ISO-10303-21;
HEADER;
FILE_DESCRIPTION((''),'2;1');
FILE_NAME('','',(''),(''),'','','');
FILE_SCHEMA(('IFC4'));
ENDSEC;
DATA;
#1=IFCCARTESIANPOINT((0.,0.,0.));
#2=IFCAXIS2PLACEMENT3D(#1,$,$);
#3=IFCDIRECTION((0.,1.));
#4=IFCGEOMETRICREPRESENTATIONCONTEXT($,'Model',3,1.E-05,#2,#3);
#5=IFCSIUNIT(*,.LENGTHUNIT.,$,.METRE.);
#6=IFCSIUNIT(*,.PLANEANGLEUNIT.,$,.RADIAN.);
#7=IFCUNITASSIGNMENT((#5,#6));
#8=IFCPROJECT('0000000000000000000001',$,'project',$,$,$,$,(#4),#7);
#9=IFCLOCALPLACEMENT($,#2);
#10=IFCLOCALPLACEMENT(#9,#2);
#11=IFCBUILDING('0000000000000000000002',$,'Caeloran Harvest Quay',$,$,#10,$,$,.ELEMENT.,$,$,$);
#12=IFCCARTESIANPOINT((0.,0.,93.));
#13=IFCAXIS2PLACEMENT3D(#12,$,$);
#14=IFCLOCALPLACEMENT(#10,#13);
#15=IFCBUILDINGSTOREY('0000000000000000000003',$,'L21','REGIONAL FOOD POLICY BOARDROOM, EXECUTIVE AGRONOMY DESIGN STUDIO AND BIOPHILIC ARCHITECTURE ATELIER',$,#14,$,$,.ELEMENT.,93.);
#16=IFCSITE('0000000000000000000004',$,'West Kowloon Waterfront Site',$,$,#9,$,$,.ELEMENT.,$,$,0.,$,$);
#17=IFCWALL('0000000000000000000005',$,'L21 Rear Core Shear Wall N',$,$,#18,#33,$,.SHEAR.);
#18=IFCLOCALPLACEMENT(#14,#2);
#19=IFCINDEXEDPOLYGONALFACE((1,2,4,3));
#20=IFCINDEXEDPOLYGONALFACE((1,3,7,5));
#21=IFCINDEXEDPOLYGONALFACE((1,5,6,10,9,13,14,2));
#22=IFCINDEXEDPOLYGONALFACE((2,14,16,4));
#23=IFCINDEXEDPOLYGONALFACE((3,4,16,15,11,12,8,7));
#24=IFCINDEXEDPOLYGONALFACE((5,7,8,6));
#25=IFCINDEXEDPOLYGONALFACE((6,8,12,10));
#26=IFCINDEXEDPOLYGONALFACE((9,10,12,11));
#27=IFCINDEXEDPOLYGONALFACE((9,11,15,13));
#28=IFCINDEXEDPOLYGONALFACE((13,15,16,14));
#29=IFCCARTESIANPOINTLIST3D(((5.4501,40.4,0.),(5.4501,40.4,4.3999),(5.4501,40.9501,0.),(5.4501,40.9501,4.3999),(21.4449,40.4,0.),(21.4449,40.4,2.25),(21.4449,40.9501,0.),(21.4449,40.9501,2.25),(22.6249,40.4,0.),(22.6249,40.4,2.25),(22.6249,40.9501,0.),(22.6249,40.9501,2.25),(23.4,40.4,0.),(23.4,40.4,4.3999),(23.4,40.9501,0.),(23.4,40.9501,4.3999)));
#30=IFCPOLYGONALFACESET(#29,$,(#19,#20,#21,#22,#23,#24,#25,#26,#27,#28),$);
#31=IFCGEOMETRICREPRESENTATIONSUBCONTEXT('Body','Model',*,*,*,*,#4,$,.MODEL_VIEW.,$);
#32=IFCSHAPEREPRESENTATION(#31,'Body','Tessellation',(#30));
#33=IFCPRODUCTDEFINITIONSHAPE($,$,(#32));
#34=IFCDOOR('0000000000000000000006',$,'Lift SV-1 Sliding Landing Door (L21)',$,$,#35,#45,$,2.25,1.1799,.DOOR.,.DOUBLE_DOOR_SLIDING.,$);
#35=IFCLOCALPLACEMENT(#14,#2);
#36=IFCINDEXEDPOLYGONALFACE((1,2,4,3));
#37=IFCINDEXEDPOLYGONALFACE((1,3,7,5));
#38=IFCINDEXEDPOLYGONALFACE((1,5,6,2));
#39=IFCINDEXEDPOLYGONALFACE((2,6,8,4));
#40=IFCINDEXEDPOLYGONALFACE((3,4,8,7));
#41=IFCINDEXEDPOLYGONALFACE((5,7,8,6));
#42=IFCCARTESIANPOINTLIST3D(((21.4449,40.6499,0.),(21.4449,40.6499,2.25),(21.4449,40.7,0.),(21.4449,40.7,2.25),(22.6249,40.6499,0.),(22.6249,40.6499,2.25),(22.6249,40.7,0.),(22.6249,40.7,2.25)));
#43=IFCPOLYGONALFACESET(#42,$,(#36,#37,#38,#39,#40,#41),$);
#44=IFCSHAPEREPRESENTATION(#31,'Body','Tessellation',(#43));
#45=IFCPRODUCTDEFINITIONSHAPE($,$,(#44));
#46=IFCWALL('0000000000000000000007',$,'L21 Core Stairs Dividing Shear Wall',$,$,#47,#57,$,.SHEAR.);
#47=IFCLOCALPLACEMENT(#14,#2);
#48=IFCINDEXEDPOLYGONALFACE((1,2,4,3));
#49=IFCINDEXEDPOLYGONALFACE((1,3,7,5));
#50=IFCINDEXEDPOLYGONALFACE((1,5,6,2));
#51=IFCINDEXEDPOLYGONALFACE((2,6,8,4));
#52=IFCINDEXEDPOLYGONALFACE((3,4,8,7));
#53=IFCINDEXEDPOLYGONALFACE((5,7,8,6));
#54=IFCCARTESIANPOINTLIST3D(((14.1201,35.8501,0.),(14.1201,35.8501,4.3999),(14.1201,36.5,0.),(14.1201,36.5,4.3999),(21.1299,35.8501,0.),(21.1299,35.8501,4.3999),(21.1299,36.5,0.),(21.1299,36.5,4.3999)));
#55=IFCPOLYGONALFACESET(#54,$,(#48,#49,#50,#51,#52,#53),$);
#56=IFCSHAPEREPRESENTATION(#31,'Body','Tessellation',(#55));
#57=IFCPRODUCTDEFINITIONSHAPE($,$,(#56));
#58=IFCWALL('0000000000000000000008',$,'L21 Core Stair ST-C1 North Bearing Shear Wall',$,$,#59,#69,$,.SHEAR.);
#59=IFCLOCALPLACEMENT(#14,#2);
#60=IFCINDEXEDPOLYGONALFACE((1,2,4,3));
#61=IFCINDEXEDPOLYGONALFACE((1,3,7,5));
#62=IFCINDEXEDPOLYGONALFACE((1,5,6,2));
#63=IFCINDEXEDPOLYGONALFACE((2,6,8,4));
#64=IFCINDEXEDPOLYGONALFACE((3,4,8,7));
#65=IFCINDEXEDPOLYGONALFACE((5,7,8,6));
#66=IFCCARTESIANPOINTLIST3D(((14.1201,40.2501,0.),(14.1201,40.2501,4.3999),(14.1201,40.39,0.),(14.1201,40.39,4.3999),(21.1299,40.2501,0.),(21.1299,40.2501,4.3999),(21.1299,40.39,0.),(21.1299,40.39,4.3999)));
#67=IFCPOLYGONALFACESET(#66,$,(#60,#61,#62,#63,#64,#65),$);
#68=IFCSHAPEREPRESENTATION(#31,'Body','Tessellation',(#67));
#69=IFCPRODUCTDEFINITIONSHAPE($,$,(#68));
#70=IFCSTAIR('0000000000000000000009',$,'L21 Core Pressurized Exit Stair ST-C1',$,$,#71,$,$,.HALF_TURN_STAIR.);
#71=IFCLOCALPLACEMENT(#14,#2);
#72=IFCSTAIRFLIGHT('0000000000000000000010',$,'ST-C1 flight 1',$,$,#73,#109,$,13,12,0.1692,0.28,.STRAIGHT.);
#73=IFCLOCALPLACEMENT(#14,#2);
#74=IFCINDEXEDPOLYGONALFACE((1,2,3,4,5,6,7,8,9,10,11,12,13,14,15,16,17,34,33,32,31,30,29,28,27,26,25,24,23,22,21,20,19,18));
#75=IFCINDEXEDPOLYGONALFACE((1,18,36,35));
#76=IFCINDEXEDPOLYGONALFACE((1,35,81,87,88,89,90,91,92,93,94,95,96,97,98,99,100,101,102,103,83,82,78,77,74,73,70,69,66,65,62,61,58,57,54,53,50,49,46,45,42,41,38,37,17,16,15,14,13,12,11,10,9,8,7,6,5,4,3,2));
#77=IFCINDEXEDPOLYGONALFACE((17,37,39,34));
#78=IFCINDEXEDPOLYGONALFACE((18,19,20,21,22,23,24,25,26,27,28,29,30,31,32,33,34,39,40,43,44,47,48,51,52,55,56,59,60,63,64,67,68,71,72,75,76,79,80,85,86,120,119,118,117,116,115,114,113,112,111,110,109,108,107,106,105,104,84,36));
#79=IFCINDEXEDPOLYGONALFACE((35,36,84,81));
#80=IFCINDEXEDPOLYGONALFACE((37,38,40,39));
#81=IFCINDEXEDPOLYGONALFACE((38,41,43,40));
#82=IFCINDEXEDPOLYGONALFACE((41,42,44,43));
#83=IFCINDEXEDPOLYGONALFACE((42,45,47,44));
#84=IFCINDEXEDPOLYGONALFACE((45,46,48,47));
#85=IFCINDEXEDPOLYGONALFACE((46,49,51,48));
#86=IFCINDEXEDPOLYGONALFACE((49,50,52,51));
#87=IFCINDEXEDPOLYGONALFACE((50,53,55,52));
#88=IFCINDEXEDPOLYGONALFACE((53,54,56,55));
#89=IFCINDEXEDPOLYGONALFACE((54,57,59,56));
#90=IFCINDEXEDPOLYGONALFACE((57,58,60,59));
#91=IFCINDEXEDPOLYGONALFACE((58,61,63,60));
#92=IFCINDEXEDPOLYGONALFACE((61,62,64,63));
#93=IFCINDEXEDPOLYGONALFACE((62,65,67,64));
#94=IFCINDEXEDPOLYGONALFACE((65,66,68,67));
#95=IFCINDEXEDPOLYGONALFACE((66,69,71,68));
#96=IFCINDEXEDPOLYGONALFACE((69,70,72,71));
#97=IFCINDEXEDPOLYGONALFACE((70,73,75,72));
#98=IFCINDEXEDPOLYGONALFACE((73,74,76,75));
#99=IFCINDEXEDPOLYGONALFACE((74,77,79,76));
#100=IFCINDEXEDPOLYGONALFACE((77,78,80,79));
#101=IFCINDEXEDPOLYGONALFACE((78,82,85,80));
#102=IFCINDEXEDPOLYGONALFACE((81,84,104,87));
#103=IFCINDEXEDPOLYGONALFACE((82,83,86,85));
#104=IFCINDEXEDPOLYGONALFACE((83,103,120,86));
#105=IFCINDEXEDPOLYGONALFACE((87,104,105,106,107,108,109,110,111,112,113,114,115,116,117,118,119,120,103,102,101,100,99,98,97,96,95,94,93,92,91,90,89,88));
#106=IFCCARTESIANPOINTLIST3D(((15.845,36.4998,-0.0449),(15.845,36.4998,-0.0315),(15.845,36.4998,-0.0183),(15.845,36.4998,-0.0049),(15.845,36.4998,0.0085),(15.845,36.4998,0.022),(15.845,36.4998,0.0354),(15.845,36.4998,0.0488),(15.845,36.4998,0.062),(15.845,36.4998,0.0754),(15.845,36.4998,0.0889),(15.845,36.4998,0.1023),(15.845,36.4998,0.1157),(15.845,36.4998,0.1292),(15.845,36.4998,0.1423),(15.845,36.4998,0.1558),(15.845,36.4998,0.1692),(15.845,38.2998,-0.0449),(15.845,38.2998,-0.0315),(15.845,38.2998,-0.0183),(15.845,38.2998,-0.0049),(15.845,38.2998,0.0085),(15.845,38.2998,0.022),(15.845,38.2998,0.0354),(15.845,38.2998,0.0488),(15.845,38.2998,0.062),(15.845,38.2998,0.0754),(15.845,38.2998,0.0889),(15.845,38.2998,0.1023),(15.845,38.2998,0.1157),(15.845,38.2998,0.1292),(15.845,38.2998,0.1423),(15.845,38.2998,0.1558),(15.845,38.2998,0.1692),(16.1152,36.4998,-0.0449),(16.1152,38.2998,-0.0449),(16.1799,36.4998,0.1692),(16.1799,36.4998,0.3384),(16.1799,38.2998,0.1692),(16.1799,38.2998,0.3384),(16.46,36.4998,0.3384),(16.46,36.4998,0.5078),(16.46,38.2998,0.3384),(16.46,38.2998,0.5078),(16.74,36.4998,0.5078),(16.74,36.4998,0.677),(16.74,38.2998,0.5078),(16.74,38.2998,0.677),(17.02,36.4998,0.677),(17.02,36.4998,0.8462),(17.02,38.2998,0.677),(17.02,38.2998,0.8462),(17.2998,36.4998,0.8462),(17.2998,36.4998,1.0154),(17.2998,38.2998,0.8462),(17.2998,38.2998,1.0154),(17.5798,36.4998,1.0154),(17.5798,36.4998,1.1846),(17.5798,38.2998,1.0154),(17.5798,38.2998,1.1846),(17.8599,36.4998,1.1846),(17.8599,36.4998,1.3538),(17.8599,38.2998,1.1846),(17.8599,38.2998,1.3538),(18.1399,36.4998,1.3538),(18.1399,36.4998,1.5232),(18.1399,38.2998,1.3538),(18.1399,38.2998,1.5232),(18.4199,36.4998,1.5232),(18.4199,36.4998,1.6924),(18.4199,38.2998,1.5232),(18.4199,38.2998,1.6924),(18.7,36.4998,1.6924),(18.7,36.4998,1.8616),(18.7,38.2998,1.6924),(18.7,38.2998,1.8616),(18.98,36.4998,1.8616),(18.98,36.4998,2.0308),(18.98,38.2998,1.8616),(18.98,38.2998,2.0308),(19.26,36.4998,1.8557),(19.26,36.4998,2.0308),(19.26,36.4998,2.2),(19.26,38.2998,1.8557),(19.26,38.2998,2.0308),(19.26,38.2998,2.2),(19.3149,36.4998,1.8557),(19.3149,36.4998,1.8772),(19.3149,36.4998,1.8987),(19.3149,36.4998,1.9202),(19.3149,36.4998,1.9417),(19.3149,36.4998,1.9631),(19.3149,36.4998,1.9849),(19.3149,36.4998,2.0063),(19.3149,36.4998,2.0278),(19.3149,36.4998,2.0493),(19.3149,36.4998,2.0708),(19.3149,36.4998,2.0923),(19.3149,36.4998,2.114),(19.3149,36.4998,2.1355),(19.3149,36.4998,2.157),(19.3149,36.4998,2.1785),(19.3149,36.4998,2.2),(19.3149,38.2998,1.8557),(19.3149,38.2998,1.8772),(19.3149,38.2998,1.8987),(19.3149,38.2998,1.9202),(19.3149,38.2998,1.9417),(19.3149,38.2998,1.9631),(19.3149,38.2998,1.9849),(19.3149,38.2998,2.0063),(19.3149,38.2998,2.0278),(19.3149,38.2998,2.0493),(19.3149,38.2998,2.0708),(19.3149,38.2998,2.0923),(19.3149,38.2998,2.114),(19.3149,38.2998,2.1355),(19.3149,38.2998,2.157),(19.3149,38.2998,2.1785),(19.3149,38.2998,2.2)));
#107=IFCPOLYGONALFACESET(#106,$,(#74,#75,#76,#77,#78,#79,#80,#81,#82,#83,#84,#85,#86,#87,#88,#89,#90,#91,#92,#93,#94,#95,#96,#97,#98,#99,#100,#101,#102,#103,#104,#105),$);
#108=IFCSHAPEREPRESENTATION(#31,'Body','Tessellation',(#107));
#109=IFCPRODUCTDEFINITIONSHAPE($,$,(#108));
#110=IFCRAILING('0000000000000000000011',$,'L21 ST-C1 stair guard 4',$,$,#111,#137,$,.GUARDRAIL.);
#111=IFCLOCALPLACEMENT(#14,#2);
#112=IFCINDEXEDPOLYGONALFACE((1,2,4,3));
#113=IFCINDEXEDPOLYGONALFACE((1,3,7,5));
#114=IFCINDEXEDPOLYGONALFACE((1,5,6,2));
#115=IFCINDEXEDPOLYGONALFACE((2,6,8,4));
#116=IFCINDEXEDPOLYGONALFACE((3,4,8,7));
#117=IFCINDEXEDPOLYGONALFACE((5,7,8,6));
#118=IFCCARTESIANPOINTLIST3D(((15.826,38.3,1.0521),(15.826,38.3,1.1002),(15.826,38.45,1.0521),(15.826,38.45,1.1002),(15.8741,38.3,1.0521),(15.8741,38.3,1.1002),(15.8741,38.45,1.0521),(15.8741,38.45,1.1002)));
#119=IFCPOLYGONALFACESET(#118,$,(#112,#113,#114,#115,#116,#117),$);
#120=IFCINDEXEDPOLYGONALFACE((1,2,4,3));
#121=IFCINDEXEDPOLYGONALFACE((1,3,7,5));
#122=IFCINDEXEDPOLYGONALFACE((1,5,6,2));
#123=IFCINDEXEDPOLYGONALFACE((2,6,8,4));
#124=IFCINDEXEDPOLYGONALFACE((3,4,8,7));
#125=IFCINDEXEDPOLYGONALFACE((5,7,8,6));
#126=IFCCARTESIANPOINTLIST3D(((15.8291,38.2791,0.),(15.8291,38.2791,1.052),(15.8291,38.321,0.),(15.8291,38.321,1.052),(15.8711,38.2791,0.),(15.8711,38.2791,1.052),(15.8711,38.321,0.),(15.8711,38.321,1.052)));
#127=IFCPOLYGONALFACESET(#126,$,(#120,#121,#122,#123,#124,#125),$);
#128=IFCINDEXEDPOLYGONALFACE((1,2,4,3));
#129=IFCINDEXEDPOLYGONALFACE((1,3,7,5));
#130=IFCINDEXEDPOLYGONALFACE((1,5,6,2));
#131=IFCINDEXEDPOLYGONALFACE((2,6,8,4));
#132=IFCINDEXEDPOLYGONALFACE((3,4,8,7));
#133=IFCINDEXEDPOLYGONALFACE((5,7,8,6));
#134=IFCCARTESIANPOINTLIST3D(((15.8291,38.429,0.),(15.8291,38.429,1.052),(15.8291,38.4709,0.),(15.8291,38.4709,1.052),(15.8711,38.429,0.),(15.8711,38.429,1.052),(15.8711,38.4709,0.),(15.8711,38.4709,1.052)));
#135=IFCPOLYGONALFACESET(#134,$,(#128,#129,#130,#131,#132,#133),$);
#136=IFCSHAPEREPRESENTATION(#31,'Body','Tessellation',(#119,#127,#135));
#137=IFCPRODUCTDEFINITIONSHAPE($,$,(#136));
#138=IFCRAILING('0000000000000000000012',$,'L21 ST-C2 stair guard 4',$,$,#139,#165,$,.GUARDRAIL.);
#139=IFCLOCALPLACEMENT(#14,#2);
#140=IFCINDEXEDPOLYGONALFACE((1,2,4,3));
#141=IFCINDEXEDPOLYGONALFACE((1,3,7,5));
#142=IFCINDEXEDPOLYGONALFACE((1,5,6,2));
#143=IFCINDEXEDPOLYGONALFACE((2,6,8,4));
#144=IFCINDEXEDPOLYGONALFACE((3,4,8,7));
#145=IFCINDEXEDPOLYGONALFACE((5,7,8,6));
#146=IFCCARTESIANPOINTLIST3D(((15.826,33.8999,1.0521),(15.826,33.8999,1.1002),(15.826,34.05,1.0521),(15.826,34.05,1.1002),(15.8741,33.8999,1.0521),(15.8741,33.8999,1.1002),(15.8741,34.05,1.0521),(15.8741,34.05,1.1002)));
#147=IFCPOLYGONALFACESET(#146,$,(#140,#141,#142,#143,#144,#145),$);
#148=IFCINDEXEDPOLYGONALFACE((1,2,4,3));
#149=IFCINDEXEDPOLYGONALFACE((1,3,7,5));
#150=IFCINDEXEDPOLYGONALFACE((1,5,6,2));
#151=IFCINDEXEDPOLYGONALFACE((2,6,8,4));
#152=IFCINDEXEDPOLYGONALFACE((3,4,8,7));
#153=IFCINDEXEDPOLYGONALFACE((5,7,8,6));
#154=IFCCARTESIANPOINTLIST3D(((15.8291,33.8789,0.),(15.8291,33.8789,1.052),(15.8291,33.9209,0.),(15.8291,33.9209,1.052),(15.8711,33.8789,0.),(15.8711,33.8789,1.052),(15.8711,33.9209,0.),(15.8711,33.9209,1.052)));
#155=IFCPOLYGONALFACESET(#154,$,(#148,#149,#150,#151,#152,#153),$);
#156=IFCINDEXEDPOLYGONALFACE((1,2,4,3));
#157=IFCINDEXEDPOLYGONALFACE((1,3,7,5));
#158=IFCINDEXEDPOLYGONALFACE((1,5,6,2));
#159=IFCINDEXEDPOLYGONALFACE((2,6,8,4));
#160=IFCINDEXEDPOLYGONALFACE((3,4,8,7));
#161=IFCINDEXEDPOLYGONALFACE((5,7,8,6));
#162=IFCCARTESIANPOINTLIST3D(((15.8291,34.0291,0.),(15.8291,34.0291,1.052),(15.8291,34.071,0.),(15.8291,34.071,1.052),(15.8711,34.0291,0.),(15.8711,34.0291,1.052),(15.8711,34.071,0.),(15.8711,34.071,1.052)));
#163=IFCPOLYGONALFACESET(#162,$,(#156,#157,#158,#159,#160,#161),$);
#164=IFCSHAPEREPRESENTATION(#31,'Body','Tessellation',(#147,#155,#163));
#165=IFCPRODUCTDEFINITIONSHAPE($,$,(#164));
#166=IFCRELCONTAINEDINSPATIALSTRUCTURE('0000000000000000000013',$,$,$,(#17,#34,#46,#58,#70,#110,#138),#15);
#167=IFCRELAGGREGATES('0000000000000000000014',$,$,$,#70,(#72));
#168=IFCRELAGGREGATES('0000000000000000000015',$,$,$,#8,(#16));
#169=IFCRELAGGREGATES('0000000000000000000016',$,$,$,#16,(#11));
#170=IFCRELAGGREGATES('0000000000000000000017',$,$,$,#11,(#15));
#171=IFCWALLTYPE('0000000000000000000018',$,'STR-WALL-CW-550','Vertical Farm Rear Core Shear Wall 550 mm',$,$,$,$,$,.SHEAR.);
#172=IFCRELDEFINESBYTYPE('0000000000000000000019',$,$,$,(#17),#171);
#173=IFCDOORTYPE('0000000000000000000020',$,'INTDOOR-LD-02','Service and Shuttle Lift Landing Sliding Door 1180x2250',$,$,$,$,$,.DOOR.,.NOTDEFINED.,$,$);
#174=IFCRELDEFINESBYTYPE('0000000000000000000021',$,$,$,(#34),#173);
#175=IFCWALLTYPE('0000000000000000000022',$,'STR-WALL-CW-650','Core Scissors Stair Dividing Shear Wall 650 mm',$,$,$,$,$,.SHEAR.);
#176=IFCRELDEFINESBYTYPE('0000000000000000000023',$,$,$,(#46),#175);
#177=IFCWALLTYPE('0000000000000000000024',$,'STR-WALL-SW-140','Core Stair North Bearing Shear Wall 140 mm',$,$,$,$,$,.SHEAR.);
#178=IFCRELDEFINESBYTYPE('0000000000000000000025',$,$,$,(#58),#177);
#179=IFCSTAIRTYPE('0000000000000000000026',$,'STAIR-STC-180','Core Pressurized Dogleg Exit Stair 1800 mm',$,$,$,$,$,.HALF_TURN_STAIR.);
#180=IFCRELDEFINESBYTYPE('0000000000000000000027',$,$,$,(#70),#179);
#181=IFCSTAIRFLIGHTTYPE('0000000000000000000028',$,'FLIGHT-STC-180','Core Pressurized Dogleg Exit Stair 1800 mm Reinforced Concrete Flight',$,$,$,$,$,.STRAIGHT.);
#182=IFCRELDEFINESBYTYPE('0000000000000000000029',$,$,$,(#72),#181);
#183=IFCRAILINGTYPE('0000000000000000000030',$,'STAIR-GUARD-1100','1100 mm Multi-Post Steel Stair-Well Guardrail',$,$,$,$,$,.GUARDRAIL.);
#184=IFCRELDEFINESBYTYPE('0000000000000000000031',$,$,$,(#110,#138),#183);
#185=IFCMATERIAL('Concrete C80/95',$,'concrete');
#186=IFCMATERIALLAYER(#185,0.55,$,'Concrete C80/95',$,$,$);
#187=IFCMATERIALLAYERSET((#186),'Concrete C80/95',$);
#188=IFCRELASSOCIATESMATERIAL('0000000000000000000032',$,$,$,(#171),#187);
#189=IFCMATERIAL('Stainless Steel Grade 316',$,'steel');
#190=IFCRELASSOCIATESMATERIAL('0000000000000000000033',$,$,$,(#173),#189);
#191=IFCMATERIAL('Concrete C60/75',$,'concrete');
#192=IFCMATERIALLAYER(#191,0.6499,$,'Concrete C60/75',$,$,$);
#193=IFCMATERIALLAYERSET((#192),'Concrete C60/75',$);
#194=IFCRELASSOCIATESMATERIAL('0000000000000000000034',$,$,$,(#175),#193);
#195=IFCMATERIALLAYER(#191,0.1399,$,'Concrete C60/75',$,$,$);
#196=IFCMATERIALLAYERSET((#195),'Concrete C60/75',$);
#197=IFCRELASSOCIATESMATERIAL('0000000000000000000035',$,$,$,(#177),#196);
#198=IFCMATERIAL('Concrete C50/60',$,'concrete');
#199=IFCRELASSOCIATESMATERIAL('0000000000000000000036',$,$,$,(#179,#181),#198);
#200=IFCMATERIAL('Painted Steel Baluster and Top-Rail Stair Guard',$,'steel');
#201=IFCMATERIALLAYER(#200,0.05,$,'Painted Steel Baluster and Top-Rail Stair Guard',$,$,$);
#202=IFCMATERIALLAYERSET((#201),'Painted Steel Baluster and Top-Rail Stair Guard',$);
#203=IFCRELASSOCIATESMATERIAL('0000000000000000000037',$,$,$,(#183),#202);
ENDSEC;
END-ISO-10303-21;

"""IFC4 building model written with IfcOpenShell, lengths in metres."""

from ifc_helpers import new_model, si_unit, direction, frame, frame_2d, origin, origin_2d, place, context, subcontext, project, spatial, polyline, rectangle, outline, extrude, material, layer, layer_set, type_object, element, fill, aggregate, save


model = new_model("IFC4")

# Units and contexts
model_context = context("Model", 3, precision=1e-05, world=origin(), true_north=direction((0.0, 1.0)))
body_context = subcontext(model_context, "Body", "Model", "MODEL_VIEW")
ifc_project = project(units=[si_unit("LENGTHUNIT", "METRE"), si_unit("PLANEANGLEUNIT", "RADIAN")], contexts=[model_context])

# Site, building, storey
site_placement = place(None, origin())
site = spatial("IfcSite", under=ifc_project, at=site_placement, Name="West Kowloon Waterfront Site", CompositionType="ELEMENT", RefElevation=0.0)
building_placement = place(site_placement, origin())
building = spatial("IfcBuilding", under=site, at=building_placement, Name="Caeloran Harvest Quay", CompositionType="ELEMENT")
storey_placement = place(building_placement, frame((0.0, 0.0, 93.0)))
storey = spatial("IfcBuildingStorey", under=building, at=storey_placement, Name="L21", Description="REGIONAL FOOD POLICY BOARDROOM, EXECUTIVE AGRONOMY DESIGN STUDIO AND BIOPHILIC ARCHITECTURE ATELIER", CompositionType="ELEMENT", Elevation=93.0)

# Shared definitions
ifc_material_1 = material(Name="Concrete C50/60", Category="concrete")

# Shared definitions
ifc_material_2 = material(Name="Stainless Steel Grade 316", Category="steel")

# Wall, opening, door
ifc_material_3 = material(Name="Concrete C80/95", Category="concrete")
ifc_layer_1 = layer(ifc_material_3, 0.55, Name="Concrete C80/95")
ifc_layer_set_1 = layer_set([ifc_layer_1], Name="Concrete C80/95")
wall_type_1 = type_object("IfcWallType", Name="STR-WALL-CW-550", Description="Vertical Farm Rear Core Shear Wall 550 mm", PredefinedType="SHEAR", material=ifc_layer_set_1)
wall_1_placement = place(storey_placement, frame((5.45, 40.675, 0.0), z_axis=(0.0, 0.0, 1.0), x_axis=(1.0, 0.0, 0.0)))
wall_1 = element("IfcWall", 1, at=wall_1_placement, inside=storey, type_object=wall_type_1, Name="L21 Rear Core Shear Wall N", PredefinedType="SHEAR", context=body_context, shape_type="SweptSolid", body=[
    extrude(rectangle(XDim=17.95, YDim=0.55, at=frame_2d((8.9751, 0.0))), origin(), (0.0, 0.0, 1.0), 4.3999),
])
opening_1_placement = place(wall_1_placement, frame((15.9951, 0.0, 0.0)))
opening_1 = element("IfcOpeningElement", 2, at=opening_1_placement, cuts=wall_1, PredefinedType="OPENING", context=body_context, shape_type="SweptSolid", body=[
    extrude(rectangle(XDim=1.1799, YDim=2.25, at=frame_2d((0.5898, 1.125))), frame((0.0, 0.2852, 0.0), z_axis=(0.0, -1.0, 0.0), x_axis=(1.0, 0.0, 0.0)), (0.0, 0.0, 1.0), 0.5701),
])
door_type_1 = type_object("IfcDoorType", Name="INTDOOR-LD-02", Description="Service and Shuttle Lift Landing Sliding Door 1180x2250", OperationType="NOTDEFINED", PredefinedType="DOOR", material=ifc_material_2)
door_1_placement = place(opening_1_placement, origin())
door_1 = element("IfcDoor", 3, at=door_1_placement, inside=storey, type_object=door_type_1, Name="Lift SV-1 Sliding Landing Door (L21)", OperationType="DOUBLE_DOOR_SLIDING", OverallHeight=2.25, OverallWidth=1.1799, PredefinedType="DOOR", context=body_context, shape_type="SweptSolid", body=[
    extrude(rectangle(XDim=1.1799, YDim=2.25, at=frame_2d((0.5898, 1.125))), frame((0.0, 0.0249, 0.0), z_axis=(0.0, -1.0, 0.0), x_axis=(1.0, 0.0, 0.0)), (0.0, 0.0, 1.0), 0.05),
])
fill(opening_1, door_1)

# Walls
ifc_material_4 = material(Name="Concrete C60/75", Category="concrete")
ifc_layer_2 = layer(ifc_material_4, 0.6499, Name="Concrete C60/75")
ifc_layer_set_2 = layer_set([ifc_layer_2], Name="Concrete C60/75")
wall_type_2 = type_object("IfcWallType", Name="STR-WALL-CW-650", Description="Core Scissors Stair Dividing Shear Wall 650 mm", PredefinedType="SHEAR", material=ifc_layer_set_2)
wall_2_placement = place(storey_placement, frame((14.1201, 36.175, 0.0), z_axis=(0.0, 0.0, 1.0), x_axis=(1.0, 0.0, 0.0)))
element("IfcWall", 4, at=wall_2_placement, inside=storey, type_object=wall_type_2, Name="L21 Core Stairs Dividing Shear Wall", PredefinedType="SHEAR", context=body_context, shape_type="SweptSolid", body=[
    extrude(rectangle(XDim=7.0098, YDim=0.6499, at=frame_2d((3.5049, 0.0))), origin(), (0.0, 0.0, 1.0), 4.3999),
])
ifc_layer_3 = layer(ifc_material_4, 0.1399, Name="Concrete C60/75")
ifc_layer_set_3 = layer_set([ifc_layer_3], Name="Concrete C60/75")
wall_type_3 = type_object("IfcWallType", Name="STR-WALL-SW-140", Description="Core Stair North Bearing Shear Wall 140 mm", PredefinedType="SHEAR", material=ifc_layer_set_3)
wall_3_placement = place(storey_placement, frame((14.1201, 40.3201, 0.0), z_axis=(0.0, 0.0, 1.0), x_axis=(1.0, 0.0, 0.0)))
element("IfcWall", 5, at=wall_3_placement, inside=storey, type_object=wall_type_3, Name="L21 Core Stair ST-C1 North Bearing Shear Wall", PredefinedType="SHEAR", context=body_context, shape_type="SweptSolid", body=[
    extrude(rectangle(XDim=7.0098, YDim=0.1399, at=frame_2d((3.5049, 0.0))), origin(), (0.0, 0.0, 1.0), 4.3999),
])

# Stair, stair flight
stair_type = type_object("IfcStairType", Name="STAIR-STC-180", Description="Core Pressurized Dogleg Exit Stair 1800 mm", PredefinedType="HALF_TURN_STAIR", material=ifc_material_1)
stair_placement = place(storey_placement, origin())
stair = element("IfcStair", 6, at=stair_placement, inside=storey, type_object=stair_type, Name="L21 Core Pressurized Exit Stair ST-C1", PredefinedType="HALF_TURN_STAIR")
stair_flight_type = type_object("IfcStairFlightType", Name="FLIGHT-STC-180", Description="Core Pressurized Dogleg Exit Stair 1800 mm Reinforced Concrete Flight", PredefinedType="STRAIGHT", material=ifc_material_1)
stair_flight_placement = place(storey_placement, frame((15.8999, 37.3999, 0.0), z_axis=(0.0, 0.0, 1.0), x_axis=(1.0, 0.0, 0.0)))
stair_flight = element("IfcStairFlight", 7, at=stair_flight_placement, type_object=stair_flight_type, Name="ST-C1 flight 1", NumberOfRisers=13, NumberOfTreads=12, PredefinedType="STRAIGHT", RiserHeight=0.1692, TreadLength=0.28, context=body_context, shape_type="SweptSolid", body=[
    extrude(outline(polyline([(-0.0549, -0.0449), (-0.0549, -0.0315), (-0.0549, -0.0183), (-0.0549, -0.0049), (-0.0549, 0.0085), (-0.0549, 0.022), (-0.0549, 0.0354), (-0.0549, 0.0488), (-0.0549, 0.062), (-0.0549, 0.0754), (-0.0549, 0.0889), (-0.0549, 0.1023), (-0.0549, 0.1157), (-0.0549, 0.1292), (-0.0549, 0.1423), (-0.0549, 0.1558), (-0.0549, 0.1692), (0.28, 0.1692), (0.28, 0.3384), (0.5601, 0.3384), (0.5601, 0.5078), (0.8401, 0.5078), (0.8401, 0.677), (1.1201, 0.677), (1.1201, 0.8462), (1.3999, 0.8462), (1.3999, 1.0154), (1.6799, 1.0154), (1.6799, 1.1846), (1.96, 1.1846), (1.96, 1.3538), (2.24, 1.3538), (2.24, 1.5232), (2.52, 1.5232), (2.52, 1.6924), (2.8, 1.6924), (2.8, 1.8616), (3.0801, 1.8616), (3.0801, 2.0308), (3.3601, 2.0308), (3.3601, 2.2), (3.415, 2.2), (3.415, 2.1785), (3.415, 2.157), (3.415, 2.1355), (3.415, 2.114), (3.415, 2.0923), (3.415, 2.0708), (3.415, 2.0493), (3.415, 2.0278), (3.415, 2.0063), (3.415, 1.9849), (3.415, 1.9631), (3.415, 1.9417), (3.415, 1.9202), (3.415, 1.8987), (3.415, 1.8772), (3.415, 1.8557), (3.3601, 1.8557), (0.2153, -0.0449), (-0.0549, -0.0449)])), frame((0.0, 0.8999, 0.0), z_axis=(0.0, -1.0, 0.0), x_axis=(1.0, 0.0, 0.0)), (0.0, 0.0, 1.0), 1.8),
])
aggregate(stair, [stair_flight])

# Railings
ifc_material_5 = material(Name="Painted Steel Baluster and Top-Rail Stair Guard", Category="steel")
ifc_layer_4 = layer(ifc_material_5, 0.05, Name="Painted Steel Baluster and Top-Rail Stair Guard")
ifc_layer_set_4 = layer_set([ifc_layer_4], Name="Painted Steel Baluster and Top-Rail Stair Guard")
railing_type_1 = type_object("IfcRailingType", Name="STAIR-GUARD-1100", Description="1100 mm Multi-Post Steel Stair-Well Guardrail", PredefinedType="GUARDRAIL", material=ifc_layer_set_4)
railing_1_placement = place(storey_placement, frame((15.8501, 38.3, 0.0)))
element("IfcRailing", 8, at=railing_1_placement, inside=storey, type_object=railing_type_1, Name="L21 ST-C1 stair guard 4", PredefinedType="GUARDRAIL", context=body_context, shape_type="SweptSolid", body=[
    extrude(rectangle(XDim=0.0481, YDim=0.0481, at=origin_2d()), frame((0.0, 0.0, 1.0762), z_axis=(0.0, 1.0, 0.0), x_axis=(-1.0, 0.0, 0.0)), (0.0, 0.0, 1.0), 0.1499),
    extrude(rectangle(XDim=0.042, YDim=0.042, at=origin_2d()), origin(), (0.0, 0.0, 1.0), 1.052),
    extrude(rectangle(XDim=0.042, YDim=0.042, at=origin_2d()), frame((0.0, 0.1499, 0.0)), (0.0, 0.0, 1.0), 1.052),
])
railing_2_placement = place(storey_placement, frame((15.8501, 33.8999, 0.0)))
element("IfcRailing", 9, at=railing_2_placement, inside=storey, type_object=railing_type_1, Name="L21 ST-C2 stair guard 4", PredefinedType="GUARDRAIL", context=body_context, shape_type="SweptSolid", body=[
    extrude(rectangle(XDim=0.0481, YDim=0.0481, at=origin_2d()), frame((0.0, 0.0, 1.0762), z_axis=(0.0, 1.0, 0.0), x_axis=(-1.0, 0.0, 0.0)), (0.0, 0.0, 1.0), 0.1501),
    extrude(rectangle(XDim=0.042, YDim=0.042, at=origin_2d()), origin(), (0.0, 0.0, 1.0), 1.052),
    extrude(rectangle(XDim=0.042, YDim=0.042, at=origin_2d()), frame((0.0, 0.1501, 0.0)), (0.0, 0.0, 1.0), 1.052),
])

save(model, "model.ifc")
